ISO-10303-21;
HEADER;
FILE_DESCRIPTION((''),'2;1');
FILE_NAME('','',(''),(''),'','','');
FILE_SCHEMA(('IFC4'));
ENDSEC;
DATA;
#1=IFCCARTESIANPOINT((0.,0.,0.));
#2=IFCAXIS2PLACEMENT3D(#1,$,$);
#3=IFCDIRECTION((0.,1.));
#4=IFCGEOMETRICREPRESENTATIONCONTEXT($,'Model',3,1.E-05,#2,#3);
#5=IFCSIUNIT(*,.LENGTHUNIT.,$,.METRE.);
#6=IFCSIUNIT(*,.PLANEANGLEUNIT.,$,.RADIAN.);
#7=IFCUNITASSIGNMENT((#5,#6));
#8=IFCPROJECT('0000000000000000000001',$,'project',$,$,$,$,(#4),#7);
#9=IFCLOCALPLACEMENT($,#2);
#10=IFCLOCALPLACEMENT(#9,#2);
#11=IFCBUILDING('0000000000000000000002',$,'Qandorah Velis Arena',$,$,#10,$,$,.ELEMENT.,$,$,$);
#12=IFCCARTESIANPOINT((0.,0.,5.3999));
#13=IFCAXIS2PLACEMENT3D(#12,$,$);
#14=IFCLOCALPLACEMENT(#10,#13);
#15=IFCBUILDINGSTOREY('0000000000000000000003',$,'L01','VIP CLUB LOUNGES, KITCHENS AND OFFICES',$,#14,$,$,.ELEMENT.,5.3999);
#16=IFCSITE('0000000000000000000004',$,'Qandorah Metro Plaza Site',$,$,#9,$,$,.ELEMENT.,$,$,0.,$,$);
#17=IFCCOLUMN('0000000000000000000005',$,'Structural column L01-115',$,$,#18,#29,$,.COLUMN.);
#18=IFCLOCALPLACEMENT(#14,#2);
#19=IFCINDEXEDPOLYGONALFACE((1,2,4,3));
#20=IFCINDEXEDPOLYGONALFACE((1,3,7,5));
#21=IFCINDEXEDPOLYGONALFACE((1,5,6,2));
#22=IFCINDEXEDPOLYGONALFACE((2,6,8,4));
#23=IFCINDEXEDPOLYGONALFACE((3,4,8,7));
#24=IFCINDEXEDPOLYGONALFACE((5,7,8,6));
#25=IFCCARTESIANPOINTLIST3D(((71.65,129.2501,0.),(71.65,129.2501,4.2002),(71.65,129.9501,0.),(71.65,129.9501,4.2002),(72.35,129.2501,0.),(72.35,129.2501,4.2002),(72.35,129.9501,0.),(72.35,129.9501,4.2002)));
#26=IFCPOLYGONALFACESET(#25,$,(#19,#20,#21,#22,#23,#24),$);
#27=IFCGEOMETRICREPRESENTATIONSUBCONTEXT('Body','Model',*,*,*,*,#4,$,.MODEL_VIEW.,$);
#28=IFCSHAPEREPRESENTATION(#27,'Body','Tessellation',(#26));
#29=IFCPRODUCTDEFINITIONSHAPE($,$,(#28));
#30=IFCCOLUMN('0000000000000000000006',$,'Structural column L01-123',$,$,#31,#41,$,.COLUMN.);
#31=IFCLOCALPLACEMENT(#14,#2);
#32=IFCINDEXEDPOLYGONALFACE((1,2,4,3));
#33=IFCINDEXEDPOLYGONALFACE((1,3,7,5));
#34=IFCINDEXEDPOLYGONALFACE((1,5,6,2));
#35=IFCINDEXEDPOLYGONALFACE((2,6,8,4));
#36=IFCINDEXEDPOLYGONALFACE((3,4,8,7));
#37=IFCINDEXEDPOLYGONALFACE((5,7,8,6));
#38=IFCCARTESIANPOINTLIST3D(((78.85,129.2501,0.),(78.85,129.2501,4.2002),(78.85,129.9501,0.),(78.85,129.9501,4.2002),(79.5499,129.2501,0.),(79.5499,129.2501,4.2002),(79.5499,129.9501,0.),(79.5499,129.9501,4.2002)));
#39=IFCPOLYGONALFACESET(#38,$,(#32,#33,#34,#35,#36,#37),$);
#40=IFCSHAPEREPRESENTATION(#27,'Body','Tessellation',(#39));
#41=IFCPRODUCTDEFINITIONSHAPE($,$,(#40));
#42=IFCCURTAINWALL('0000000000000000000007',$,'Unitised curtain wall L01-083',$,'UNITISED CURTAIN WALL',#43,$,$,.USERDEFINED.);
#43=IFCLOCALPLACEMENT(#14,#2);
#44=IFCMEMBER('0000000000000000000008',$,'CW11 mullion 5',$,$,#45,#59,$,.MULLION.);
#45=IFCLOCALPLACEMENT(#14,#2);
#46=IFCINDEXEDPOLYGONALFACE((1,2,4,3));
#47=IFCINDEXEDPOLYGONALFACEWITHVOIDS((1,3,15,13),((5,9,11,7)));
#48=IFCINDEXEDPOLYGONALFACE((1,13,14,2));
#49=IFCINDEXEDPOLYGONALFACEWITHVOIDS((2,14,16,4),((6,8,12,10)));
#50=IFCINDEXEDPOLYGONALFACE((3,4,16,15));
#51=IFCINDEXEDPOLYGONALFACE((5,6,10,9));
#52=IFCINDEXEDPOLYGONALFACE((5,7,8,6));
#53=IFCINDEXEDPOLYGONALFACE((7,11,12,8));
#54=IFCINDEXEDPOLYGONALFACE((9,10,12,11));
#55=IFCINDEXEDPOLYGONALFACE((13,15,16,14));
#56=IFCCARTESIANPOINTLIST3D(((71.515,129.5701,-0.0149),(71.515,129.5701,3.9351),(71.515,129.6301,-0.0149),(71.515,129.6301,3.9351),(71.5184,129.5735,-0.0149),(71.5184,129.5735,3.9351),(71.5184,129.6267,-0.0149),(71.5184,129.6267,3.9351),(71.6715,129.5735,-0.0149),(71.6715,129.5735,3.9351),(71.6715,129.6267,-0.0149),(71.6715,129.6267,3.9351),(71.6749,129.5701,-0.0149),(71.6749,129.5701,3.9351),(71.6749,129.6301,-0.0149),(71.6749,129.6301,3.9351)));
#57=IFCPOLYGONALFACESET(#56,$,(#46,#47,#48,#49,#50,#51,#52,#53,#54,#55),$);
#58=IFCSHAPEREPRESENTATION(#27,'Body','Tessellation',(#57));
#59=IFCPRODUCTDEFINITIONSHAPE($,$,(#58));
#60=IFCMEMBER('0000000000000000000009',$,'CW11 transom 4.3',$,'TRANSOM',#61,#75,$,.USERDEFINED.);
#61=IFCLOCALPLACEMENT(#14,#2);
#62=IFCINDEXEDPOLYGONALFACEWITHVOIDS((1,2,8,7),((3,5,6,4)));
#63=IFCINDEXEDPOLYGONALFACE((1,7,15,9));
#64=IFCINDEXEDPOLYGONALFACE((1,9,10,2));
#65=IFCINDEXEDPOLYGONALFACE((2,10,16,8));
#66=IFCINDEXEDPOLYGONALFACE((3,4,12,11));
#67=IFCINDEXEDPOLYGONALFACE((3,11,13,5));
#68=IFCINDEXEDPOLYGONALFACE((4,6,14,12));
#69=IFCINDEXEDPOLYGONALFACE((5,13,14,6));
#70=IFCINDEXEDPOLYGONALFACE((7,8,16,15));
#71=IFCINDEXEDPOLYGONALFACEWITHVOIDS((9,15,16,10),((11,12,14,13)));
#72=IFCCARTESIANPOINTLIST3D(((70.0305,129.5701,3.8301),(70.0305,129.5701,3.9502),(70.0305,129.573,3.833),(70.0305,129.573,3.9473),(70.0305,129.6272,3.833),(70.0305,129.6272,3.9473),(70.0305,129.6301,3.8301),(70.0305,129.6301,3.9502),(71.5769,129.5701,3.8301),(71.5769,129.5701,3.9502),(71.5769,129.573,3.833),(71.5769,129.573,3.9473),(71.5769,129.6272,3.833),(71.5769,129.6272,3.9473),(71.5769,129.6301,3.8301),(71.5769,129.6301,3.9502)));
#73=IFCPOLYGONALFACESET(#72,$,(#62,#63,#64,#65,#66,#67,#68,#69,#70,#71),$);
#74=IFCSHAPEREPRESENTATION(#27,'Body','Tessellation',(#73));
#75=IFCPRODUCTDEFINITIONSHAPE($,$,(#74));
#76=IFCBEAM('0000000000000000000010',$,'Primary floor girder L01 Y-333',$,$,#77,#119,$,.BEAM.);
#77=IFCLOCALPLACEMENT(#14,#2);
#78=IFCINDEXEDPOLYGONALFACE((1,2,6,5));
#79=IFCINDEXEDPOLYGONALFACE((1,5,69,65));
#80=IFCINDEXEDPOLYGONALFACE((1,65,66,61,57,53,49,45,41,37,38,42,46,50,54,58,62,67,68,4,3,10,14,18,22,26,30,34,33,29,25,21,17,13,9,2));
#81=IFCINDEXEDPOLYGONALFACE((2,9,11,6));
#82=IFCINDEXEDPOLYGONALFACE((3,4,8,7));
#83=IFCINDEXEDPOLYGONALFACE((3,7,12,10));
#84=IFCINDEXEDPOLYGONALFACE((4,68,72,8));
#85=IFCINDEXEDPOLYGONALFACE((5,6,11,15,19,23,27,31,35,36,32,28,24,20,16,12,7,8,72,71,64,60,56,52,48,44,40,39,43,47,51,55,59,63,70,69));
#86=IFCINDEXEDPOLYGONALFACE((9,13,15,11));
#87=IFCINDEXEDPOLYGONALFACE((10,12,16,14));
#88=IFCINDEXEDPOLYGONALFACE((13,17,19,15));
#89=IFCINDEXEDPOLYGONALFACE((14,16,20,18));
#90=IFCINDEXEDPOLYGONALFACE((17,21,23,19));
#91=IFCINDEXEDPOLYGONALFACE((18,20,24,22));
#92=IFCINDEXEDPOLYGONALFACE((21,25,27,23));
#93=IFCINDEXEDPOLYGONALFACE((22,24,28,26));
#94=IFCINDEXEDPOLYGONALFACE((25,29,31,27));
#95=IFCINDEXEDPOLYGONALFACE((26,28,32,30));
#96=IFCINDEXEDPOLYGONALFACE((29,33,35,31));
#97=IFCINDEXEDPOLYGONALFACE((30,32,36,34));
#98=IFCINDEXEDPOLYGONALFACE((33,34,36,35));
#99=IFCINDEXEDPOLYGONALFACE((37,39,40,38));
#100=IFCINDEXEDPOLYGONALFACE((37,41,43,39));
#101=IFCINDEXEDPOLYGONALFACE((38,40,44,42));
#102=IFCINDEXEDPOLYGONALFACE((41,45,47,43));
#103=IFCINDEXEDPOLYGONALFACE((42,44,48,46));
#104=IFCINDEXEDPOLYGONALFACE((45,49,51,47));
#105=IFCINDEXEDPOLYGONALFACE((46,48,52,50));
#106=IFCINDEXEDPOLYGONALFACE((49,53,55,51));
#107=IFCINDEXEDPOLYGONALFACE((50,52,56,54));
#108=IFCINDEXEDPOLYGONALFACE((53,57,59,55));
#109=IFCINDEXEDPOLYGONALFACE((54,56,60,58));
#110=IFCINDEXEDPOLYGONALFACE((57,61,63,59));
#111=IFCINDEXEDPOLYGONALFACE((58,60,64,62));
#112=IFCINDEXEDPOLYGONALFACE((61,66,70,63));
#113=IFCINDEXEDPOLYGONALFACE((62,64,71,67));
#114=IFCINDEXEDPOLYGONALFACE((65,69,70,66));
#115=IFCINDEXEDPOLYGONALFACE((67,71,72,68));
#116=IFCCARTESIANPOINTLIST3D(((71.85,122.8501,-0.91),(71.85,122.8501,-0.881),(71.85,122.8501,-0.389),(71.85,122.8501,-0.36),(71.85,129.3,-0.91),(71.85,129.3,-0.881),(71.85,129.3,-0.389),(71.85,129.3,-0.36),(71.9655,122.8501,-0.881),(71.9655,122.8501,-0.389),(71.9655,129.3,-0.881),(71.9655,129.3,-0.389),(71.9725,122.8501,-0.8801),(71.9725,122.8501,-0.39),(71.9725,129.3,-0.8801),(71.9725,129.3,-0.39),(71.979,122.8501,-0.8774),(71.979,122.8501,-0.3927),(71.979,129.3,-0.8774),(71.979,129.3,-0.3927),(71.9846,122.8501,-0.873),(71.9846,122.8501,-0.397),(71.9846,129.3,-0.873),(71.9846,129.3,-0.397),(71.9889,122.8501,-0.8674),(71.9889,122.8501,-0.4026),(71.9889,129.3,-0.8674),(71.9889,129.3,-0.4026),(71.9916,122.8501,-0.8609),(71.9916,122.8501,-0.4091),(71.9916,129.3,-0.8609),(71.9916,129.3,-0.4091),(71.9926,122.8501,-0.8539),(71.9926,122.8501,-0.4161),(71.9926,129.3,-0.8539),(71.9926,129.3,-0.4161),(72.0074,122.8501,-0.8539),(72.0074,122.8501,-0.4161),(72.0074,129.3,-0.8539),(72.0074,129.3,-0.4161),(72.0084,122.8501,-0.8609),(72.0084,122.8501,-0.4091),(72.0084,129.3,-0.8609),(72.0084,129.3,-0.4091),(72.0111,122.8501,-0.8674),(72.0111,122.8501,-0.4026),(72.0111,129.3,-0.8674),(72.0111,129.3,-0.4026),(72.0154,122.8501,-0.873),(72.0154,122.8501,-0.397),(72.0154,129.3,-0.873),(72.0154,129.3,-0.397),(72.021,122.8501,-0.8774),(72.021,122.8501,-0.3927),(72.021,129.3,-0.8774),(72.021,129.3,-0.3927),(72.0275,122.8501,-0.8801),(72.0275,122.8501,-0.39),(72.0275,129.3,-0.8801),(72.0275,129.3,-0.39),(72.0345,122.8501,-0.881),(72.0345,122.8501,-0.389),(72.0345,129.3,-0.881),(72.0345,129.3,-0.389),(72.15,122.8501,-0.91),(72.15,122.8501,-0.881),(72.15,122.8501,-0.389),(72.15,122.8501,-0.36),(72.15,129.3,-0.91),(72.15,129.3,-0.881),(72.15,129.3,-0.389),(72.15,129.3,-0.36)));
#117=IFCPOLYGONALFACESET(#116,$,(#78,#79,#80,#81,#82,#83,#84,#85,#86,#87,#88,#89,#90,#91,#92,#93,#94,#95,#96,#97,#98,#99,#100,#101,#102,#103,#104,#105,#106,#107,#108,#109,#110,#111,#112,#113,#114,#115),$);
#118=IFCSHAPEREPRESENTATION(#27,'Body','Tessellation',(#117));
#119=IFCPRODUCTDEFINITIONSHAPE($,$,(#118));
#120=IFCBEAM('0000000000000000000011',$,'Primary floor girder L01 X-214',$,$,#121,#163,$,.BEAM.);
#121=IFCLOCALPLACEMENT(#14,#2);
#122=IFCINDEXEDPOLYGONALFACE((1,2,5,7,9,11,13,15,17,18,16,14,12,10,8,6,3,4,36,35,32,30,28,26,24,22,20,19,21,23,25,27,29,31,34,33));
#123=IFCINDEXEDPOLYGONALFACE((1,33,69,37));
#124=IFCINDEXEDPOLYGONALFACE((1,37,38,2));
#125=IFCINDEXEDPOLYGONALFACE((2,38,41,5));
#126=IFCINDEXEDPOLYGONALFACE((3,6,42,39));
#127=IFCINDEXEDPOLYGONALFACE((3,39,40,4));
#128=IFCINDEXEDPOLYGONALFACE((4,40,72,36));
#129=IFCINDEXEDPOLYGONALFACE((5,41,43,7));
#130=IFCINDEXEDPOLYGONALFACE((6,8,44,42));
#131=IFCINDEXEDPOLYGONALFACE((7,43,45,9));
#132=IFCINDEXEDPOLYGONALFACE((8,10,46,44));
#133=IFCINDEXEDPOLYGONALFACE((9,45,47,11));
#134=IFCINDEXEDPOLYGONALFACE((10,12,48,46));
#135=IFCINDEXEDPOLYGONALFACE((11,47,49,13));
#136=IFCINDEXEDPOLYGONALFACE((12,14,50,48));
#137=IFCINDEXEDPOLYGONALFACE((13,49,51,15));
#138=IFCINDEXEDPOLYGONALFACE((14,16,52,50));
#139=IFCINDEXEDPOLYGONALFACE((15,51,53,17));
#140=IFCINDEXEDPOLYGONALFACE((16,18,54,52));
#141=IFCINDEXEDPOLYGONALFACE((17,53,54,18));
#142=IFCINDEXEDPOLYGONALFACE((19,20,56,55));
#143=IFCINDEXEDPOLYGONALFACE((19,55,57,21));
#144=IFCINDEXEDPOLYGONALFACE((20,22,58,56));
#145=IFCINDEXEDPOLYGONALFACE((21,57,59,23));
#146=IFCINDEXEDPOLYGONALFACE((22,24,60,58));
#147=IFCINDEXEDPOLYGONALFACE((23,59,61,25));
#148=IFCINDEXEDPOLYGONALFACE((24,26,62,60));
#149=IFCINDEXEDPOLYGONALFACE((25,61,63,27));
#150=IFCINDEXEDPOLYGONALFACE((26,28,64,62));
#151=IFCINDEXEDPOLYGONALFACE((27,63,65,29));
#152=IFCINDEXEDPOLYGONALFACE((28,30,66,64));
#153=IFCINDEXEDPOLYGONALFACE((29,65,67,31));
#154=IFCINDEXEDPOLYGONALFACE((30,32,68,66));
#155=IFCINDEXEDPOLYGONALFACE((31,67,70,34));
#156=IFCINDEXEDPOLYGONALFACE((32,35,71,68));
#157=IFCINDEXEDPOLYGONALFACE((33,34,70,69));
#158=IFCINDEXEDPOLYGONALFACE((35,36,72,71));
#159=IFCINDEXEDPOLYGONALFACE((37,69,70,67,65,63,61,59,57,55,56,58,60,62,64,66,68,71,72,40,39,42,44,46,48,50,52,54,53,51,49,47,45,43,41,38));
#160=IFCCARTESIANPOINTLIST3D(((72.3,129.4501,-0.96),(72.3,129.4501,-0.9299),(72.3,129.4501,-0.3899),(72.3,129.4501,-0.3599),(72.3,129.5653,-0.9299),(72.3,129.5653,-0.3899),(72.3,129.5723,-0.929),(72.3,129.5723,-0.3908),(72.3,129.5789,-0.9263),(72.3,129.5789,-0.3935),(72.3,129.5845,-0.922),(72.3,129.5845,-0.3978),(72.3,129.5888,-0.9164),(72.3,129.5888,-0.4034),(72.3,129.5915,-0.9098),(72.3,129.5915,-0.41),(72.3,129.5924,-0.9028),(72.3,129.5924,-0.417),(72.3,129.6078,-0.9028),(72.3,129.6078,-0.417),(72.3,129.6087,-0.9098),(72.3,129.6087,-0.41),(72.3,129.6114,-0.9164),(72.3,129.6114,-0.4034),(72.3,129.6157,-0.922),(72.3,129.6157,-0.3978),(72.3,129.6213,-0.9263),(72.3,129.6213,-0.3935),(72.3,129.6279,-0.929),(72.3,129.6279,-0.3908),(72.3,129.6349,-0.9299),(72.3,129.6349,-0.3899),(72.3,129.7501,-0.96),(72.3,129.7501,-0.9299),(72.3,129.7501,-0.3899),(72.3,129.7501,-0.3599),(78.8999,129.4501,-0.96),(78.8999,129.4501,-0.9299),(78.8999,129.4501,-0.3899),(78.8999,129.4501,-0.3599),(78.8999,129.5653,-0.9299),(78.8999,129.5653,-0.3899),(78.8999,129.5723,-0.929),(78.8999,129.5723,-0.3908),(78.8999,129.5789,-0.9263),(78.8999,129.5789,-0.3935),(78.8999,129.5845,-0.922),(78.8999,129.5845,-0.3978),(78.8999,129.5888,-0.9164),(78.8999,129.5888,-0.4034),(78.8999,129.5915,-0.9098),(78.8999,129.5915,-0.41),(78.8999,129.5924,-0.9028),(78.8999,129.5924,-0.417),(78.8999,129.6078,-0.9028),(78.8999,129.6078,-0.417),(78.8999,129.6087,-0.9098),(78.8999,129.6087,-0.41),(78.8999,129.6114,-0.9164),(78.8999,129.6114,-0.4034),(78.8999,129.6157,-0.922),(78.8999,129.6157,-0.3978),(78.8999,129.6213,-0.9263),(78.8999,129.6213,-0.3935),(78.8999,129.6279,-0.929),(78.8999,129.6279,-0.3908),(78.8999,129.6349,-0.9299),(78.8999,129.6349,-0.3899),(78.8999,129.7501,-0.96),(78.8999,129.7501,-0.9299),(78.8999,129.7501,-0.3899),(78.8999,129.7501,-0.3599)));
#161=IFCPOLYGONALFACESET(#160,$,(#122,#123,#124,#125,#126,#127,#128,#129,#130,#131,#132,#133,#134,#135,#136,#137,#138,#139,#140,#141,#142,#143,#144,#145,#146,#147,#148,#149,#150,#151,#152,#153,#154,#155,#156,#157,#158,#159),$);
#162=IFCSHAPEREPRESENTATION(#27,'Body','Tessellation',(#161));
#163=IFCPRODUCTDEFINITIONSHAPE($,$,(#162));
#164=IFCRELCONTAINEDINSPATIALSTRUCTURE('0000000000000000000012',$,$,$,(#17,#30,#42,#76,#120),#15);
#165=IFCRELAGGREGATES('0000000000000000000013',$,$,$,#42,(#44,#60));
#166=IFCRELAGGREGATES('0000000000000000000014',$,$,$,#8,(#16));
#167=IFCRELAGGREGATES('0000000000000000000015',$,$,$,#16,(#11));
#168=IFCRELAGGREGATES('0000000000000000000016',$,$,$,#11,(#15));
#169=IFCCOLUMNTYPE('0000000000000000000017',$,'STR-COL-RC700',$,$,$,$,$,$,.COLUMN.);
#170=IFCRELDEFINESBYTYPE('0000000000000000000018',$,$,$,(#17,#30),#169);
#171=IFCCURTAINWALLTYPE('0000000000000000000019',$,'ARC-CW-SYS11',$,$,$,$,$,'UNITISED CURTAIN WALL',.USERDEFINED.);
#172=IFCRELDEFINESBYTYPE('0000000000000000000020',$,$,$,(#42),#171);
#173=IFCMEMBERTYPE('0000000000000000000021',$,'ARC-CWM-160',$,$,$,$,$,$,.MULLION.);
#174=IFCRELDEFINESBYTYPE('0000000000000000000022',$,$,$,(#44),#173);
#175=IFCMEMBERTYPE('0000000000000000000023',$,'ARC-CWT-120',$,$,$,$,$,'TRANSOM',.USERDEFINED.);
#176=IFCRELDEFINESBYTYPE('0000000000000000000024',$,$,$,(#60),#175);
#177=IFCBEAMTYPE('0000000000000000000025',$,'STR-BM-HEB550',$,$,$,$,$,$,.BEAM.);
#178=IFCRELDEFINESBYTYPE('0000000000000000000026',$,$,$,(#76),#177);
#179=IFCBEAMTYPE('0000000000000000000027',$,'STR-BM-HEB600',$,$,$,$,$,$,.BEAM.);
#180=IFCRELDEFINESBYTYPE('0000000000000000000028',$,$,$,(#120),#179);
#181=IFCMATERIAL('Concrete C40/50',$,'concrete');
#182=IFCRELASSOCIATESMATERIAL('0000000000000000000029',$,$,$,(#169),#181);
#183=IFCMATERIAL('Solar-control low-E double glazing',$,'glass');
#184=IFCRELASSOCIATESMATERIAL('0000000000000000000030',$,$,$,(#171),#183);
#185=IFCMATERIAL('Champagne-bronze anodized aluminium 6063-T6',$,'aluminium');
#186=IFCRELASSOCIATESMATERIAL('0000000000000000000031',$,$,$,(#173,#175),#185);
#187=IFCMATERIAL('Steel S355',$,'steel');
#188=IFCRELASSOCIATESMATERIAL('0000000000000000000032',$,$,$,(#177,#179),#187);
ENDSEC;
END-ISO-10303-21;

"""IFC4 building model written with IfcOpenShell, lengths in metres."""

from ifc_helpers import new_model, si_unit, direction, frame, origin, origin_2d, place, context, subcontext, project, spatial, rectangle, hollow_rectangle, i_section, extrude, material, material_profile, profile_set, type_object, element, aggregate, save


model = new_model("IFC4")

# Units and contexts
model_context = context("Model", 3, precision=1e-05, world=origin(), true_north=direction((0.0, 1.0)))
body_context = subcontext(model_context, "Body", "Model", "MODEL_VIEW")
ifc_project = project(units=[si_unit("LENGTHUNIT", "METRE"), si_unit("PLANEANGLEUNIT", "RADIAN")], contexts=[model_context])

# Site, building, storey
site_placement = place(None, origin())
site = spatial("IfcSite", under=ifc_project, at=site_placement, Name="Qandorah Metro Plaza Site", CompositionType="ELEMENT", RefElevation=0.0)
building_placement = place(site_placement, origin())
building = spatial("IfcBuilding", under=site, at=building_placement, Name="Qandorah Velis Arena", CompositionType="ELEMENT")
storey_placement = place(building_placement, frame((0.0, 0.0, 5.3999)))
storey = spatial("IfcBuildingStorey", under=building, at=storey_placement, Name="L01", Description="VIP CLUB LOUNGES, KITCHENS AND OFFICES", CompositionType="ELEMENT", Elevation=5.3999)

# Columns
ifc_material_1 = material(Name="Concrete C40/50", Category="concrete")
ifc_material_profile_1 = material_profile(ifc_material_1, rectangle(XDim=0.7, YDim=0.7, at=origin_2d()), Name="RC COL 700x700")
ifc_profile_set_1 = profile_set([ifc_material_profile_1], Name="Concrete C40/50")
column_type = type_object("IfcColumnType", Name="STR-COL-RC700", PredefinedType="COLUMN", material=ifc_profile_set_1)
for number, where, z_axis, x_axis, name in (
    (1, (72.0, 129.6001, 0.0), (0.0, 0.0, 1.0), (1.0, 0.0, 0.0), "Structural column L01-115"),
    (2, (79.2, 129.6001, 0.0), (0.0, 0.0, 1.0), (1.0, 0.0, 0.0), "Structural column L01-123"),
):
    element("IfcColumn", number, at=place(storey_placement, frame(where, z_axis=z_axis, x_axis=x_axis)), inside=storey, type_object=column_type, Name=name, PredefinedType="COLUMN", context=body_context, shape_type="SweptSolid", body=[
        extrude(rectangle(XDim=0.7, YDim=0.7, at=origin_2d()), origin(), (0.0, 0.0, 1.0), 4.2002),
    ])

# Curtain wall, members
ifc_material_2 = material(Name="Solar-control low-E double glazing", Category="glass")
curtain_wall_type = type_object("IfcCurtainWallType", Name="ARC-CW-SYS11", ElementType="UNITISED CURTAIN WALL", PredefinedType="USERDEFINED", material=ifc_material_2)
curtain_wall_placement = place(storey_placement, origin())
curtain_wall = element("IfcCurtainWall", 3, at=curtain_wall_placement, inside=storey, type_object=curtain_wall_type, Name="Unitised curtain wall L01-083", ObjectType="UNITISED CURTAIN WALL", PredefinedType="USERDEFINED")
ifc_material_3 = material(Name="Champagne-bronze anodized aluminium 6063-T6", Category="aluminium")
ifc_material_profile_2 = material_profile(ifc_material_3, hollow_rectangle(XDim=0.0601, YDim=0.1599, WallThickness=0.0034, at=origin_2d()), Name="ALU MULLION 60x160")
ifc_profile_set_2 = profile_set([ifc_material_profile_2], Name="Champagne-bronze anodized aluminium 6063-T6")
member_type_1 = type_object("IfcMemberType", Name="ARC-CWM-160", PredefinedType="MULLION", material=ifc_profile_set_2)
member_1_placement = place(storey_placement, frame((71.595, 129.6001, -0.0149), z_axis=(0.0, 0.0, 1.0), x_axis=(0.0, 1.0, 0.0)))
member_1 = element("IfcMember", 4, at=member_1_placement, type_object=member_type_1, Name="CW11 mullion 5", PredefinedType="MULLION", context=body_context, shape_type="SweptSolid", body=[
    extrude(hollow_rectangle(XDim=0.0601, YDim=0.1599, WallThickness=0.0034, at=origin_2d()), origin(), (0.0, 0.0, 1.0), 3.95),
])
ifc_material_profile_3 = material_profile(ifc_material_3, hollow_rectangle(XDim=0.0601, YDim=0.1201, WallThickness=0.0029, at=origin_2d()), Name="ALU TRANSOM 60x120")
ifc_profile_set_3 = profile_set([ifc_material_profile_3], Name="Champagne-bronze anodized aluminium 6063-T6")
member_type_2 = type_object("IfcMemberType", Name="ARC-CWT-120", ElementType="TRANSOM", PredefinedType="USERDEFINED", material=ifc_profile_set_3)
member_2_placement = place(storey_placement, frame((70.0305, 129.6001, 3.8901), z_axis=(1.0, 0.0, 0.0), x_axis=(0.0, 1.0, 0.0)))
member_2 = element("IfcMember", 5, at=member_2_placement, type_object=member_type_2, Name="CW11 transom 4.3", ObjectType="TRANSOM", PredefinedType="USERDEFINED", context=body_context, shape_type="SweptSolid", body=[
    extrude(hollow_rectangle(XDim=0.0601, YDim=0.1201, WallThickness=0.0029, at=origin_2d()), origin(), (0.0, 0.0, 1.0), 1.5464),
])

# Beams
ifc_material_4 = material(Name="Steel S355", Category="steel")
ifc_material_profile_4 = material_profile(ifc_material_4, i_section(OverallWidth=0.3, OverallDepth=0.55, WebThickness=0.0149, FlangeThickness=0.0291, FilletRadius=0.0271, at=origin_2d()), Name="HEB 550")
ifc_profile_set_4 = profile_set([ifc_material_profile_4], Name="Steel S355")
beam_type_1 = type_object("IfcBeamType", Name="STR-BM-HEB550", PredefinedType="BEAM", material=ifc_profile_set_4)
beam_1_placement = place(storey_placement, frame((72.0, 122.8501, -0.635), z_axis=(0.0, 1.0, 0.0), x_axis=(-1.0, 0.0, 0.0)))
element("IfcBeam", 6, at=beam_1_placement, inside=storey, type_object=beam_type_1, Name="Primary floor girder L01 Y-333", PredefinedType="BEAM", context=body_context, shape_type="SweptSolid", body=[
    extrude(i_section(OverallWidth=0.3, OverallDepth=0.55, WebThickness=0.0149, FlangeThickness=0.0291, FilletRadius=0.0271, at=origin_2d()), origin(), (0.0, 0.0, 1.0), 6.45),
])
ifc_material_profile_5 = material_profile(ifc_material_4, i_section(OverallWidth=0.3, OverallDepth=0.6001, WebThickness=0.0154, FlangeThickness=0.03, FilletRadius=0.0271, at=origin_2d()), Name="HEB 600")
ifc_profile_set_5 = profile_set([ifc_material_profile_5], Name="Steel S355")
beam_type_2 = type_object("IfcBeamType", Name="STR-BM-HEB600", PredefinedType="BEAM", material=ifc_profile_set_5)
beam_2_placement = place(storey_placement, frame((72.3, 129.6001, -0.6599), z_axis=(1.0, 0.0, 0.0), x_axis=(0.0, 1.0, 0.0)))
element("IfcBeam", 7, at=beam_2_placement, inside=storey, type_object=beam_type_2, Name="Primary floor girder L01 X-214", PredefinedType="BEAM", context=body_context, shape_type="SweptSolid", body=[
    extrude(i_section(OverallWidth=0.3, OverallDepth=0.6001, WebThickness=0.0154, FlangeThickness=0.03, FilletRadius=0.0271, at=origin_2d()), origin(), (0.0, 0.0, 1.0), 6.5999),
])

aggregate(curtain_wall, [member_1, member_2])

save(model, "model.ifc")
